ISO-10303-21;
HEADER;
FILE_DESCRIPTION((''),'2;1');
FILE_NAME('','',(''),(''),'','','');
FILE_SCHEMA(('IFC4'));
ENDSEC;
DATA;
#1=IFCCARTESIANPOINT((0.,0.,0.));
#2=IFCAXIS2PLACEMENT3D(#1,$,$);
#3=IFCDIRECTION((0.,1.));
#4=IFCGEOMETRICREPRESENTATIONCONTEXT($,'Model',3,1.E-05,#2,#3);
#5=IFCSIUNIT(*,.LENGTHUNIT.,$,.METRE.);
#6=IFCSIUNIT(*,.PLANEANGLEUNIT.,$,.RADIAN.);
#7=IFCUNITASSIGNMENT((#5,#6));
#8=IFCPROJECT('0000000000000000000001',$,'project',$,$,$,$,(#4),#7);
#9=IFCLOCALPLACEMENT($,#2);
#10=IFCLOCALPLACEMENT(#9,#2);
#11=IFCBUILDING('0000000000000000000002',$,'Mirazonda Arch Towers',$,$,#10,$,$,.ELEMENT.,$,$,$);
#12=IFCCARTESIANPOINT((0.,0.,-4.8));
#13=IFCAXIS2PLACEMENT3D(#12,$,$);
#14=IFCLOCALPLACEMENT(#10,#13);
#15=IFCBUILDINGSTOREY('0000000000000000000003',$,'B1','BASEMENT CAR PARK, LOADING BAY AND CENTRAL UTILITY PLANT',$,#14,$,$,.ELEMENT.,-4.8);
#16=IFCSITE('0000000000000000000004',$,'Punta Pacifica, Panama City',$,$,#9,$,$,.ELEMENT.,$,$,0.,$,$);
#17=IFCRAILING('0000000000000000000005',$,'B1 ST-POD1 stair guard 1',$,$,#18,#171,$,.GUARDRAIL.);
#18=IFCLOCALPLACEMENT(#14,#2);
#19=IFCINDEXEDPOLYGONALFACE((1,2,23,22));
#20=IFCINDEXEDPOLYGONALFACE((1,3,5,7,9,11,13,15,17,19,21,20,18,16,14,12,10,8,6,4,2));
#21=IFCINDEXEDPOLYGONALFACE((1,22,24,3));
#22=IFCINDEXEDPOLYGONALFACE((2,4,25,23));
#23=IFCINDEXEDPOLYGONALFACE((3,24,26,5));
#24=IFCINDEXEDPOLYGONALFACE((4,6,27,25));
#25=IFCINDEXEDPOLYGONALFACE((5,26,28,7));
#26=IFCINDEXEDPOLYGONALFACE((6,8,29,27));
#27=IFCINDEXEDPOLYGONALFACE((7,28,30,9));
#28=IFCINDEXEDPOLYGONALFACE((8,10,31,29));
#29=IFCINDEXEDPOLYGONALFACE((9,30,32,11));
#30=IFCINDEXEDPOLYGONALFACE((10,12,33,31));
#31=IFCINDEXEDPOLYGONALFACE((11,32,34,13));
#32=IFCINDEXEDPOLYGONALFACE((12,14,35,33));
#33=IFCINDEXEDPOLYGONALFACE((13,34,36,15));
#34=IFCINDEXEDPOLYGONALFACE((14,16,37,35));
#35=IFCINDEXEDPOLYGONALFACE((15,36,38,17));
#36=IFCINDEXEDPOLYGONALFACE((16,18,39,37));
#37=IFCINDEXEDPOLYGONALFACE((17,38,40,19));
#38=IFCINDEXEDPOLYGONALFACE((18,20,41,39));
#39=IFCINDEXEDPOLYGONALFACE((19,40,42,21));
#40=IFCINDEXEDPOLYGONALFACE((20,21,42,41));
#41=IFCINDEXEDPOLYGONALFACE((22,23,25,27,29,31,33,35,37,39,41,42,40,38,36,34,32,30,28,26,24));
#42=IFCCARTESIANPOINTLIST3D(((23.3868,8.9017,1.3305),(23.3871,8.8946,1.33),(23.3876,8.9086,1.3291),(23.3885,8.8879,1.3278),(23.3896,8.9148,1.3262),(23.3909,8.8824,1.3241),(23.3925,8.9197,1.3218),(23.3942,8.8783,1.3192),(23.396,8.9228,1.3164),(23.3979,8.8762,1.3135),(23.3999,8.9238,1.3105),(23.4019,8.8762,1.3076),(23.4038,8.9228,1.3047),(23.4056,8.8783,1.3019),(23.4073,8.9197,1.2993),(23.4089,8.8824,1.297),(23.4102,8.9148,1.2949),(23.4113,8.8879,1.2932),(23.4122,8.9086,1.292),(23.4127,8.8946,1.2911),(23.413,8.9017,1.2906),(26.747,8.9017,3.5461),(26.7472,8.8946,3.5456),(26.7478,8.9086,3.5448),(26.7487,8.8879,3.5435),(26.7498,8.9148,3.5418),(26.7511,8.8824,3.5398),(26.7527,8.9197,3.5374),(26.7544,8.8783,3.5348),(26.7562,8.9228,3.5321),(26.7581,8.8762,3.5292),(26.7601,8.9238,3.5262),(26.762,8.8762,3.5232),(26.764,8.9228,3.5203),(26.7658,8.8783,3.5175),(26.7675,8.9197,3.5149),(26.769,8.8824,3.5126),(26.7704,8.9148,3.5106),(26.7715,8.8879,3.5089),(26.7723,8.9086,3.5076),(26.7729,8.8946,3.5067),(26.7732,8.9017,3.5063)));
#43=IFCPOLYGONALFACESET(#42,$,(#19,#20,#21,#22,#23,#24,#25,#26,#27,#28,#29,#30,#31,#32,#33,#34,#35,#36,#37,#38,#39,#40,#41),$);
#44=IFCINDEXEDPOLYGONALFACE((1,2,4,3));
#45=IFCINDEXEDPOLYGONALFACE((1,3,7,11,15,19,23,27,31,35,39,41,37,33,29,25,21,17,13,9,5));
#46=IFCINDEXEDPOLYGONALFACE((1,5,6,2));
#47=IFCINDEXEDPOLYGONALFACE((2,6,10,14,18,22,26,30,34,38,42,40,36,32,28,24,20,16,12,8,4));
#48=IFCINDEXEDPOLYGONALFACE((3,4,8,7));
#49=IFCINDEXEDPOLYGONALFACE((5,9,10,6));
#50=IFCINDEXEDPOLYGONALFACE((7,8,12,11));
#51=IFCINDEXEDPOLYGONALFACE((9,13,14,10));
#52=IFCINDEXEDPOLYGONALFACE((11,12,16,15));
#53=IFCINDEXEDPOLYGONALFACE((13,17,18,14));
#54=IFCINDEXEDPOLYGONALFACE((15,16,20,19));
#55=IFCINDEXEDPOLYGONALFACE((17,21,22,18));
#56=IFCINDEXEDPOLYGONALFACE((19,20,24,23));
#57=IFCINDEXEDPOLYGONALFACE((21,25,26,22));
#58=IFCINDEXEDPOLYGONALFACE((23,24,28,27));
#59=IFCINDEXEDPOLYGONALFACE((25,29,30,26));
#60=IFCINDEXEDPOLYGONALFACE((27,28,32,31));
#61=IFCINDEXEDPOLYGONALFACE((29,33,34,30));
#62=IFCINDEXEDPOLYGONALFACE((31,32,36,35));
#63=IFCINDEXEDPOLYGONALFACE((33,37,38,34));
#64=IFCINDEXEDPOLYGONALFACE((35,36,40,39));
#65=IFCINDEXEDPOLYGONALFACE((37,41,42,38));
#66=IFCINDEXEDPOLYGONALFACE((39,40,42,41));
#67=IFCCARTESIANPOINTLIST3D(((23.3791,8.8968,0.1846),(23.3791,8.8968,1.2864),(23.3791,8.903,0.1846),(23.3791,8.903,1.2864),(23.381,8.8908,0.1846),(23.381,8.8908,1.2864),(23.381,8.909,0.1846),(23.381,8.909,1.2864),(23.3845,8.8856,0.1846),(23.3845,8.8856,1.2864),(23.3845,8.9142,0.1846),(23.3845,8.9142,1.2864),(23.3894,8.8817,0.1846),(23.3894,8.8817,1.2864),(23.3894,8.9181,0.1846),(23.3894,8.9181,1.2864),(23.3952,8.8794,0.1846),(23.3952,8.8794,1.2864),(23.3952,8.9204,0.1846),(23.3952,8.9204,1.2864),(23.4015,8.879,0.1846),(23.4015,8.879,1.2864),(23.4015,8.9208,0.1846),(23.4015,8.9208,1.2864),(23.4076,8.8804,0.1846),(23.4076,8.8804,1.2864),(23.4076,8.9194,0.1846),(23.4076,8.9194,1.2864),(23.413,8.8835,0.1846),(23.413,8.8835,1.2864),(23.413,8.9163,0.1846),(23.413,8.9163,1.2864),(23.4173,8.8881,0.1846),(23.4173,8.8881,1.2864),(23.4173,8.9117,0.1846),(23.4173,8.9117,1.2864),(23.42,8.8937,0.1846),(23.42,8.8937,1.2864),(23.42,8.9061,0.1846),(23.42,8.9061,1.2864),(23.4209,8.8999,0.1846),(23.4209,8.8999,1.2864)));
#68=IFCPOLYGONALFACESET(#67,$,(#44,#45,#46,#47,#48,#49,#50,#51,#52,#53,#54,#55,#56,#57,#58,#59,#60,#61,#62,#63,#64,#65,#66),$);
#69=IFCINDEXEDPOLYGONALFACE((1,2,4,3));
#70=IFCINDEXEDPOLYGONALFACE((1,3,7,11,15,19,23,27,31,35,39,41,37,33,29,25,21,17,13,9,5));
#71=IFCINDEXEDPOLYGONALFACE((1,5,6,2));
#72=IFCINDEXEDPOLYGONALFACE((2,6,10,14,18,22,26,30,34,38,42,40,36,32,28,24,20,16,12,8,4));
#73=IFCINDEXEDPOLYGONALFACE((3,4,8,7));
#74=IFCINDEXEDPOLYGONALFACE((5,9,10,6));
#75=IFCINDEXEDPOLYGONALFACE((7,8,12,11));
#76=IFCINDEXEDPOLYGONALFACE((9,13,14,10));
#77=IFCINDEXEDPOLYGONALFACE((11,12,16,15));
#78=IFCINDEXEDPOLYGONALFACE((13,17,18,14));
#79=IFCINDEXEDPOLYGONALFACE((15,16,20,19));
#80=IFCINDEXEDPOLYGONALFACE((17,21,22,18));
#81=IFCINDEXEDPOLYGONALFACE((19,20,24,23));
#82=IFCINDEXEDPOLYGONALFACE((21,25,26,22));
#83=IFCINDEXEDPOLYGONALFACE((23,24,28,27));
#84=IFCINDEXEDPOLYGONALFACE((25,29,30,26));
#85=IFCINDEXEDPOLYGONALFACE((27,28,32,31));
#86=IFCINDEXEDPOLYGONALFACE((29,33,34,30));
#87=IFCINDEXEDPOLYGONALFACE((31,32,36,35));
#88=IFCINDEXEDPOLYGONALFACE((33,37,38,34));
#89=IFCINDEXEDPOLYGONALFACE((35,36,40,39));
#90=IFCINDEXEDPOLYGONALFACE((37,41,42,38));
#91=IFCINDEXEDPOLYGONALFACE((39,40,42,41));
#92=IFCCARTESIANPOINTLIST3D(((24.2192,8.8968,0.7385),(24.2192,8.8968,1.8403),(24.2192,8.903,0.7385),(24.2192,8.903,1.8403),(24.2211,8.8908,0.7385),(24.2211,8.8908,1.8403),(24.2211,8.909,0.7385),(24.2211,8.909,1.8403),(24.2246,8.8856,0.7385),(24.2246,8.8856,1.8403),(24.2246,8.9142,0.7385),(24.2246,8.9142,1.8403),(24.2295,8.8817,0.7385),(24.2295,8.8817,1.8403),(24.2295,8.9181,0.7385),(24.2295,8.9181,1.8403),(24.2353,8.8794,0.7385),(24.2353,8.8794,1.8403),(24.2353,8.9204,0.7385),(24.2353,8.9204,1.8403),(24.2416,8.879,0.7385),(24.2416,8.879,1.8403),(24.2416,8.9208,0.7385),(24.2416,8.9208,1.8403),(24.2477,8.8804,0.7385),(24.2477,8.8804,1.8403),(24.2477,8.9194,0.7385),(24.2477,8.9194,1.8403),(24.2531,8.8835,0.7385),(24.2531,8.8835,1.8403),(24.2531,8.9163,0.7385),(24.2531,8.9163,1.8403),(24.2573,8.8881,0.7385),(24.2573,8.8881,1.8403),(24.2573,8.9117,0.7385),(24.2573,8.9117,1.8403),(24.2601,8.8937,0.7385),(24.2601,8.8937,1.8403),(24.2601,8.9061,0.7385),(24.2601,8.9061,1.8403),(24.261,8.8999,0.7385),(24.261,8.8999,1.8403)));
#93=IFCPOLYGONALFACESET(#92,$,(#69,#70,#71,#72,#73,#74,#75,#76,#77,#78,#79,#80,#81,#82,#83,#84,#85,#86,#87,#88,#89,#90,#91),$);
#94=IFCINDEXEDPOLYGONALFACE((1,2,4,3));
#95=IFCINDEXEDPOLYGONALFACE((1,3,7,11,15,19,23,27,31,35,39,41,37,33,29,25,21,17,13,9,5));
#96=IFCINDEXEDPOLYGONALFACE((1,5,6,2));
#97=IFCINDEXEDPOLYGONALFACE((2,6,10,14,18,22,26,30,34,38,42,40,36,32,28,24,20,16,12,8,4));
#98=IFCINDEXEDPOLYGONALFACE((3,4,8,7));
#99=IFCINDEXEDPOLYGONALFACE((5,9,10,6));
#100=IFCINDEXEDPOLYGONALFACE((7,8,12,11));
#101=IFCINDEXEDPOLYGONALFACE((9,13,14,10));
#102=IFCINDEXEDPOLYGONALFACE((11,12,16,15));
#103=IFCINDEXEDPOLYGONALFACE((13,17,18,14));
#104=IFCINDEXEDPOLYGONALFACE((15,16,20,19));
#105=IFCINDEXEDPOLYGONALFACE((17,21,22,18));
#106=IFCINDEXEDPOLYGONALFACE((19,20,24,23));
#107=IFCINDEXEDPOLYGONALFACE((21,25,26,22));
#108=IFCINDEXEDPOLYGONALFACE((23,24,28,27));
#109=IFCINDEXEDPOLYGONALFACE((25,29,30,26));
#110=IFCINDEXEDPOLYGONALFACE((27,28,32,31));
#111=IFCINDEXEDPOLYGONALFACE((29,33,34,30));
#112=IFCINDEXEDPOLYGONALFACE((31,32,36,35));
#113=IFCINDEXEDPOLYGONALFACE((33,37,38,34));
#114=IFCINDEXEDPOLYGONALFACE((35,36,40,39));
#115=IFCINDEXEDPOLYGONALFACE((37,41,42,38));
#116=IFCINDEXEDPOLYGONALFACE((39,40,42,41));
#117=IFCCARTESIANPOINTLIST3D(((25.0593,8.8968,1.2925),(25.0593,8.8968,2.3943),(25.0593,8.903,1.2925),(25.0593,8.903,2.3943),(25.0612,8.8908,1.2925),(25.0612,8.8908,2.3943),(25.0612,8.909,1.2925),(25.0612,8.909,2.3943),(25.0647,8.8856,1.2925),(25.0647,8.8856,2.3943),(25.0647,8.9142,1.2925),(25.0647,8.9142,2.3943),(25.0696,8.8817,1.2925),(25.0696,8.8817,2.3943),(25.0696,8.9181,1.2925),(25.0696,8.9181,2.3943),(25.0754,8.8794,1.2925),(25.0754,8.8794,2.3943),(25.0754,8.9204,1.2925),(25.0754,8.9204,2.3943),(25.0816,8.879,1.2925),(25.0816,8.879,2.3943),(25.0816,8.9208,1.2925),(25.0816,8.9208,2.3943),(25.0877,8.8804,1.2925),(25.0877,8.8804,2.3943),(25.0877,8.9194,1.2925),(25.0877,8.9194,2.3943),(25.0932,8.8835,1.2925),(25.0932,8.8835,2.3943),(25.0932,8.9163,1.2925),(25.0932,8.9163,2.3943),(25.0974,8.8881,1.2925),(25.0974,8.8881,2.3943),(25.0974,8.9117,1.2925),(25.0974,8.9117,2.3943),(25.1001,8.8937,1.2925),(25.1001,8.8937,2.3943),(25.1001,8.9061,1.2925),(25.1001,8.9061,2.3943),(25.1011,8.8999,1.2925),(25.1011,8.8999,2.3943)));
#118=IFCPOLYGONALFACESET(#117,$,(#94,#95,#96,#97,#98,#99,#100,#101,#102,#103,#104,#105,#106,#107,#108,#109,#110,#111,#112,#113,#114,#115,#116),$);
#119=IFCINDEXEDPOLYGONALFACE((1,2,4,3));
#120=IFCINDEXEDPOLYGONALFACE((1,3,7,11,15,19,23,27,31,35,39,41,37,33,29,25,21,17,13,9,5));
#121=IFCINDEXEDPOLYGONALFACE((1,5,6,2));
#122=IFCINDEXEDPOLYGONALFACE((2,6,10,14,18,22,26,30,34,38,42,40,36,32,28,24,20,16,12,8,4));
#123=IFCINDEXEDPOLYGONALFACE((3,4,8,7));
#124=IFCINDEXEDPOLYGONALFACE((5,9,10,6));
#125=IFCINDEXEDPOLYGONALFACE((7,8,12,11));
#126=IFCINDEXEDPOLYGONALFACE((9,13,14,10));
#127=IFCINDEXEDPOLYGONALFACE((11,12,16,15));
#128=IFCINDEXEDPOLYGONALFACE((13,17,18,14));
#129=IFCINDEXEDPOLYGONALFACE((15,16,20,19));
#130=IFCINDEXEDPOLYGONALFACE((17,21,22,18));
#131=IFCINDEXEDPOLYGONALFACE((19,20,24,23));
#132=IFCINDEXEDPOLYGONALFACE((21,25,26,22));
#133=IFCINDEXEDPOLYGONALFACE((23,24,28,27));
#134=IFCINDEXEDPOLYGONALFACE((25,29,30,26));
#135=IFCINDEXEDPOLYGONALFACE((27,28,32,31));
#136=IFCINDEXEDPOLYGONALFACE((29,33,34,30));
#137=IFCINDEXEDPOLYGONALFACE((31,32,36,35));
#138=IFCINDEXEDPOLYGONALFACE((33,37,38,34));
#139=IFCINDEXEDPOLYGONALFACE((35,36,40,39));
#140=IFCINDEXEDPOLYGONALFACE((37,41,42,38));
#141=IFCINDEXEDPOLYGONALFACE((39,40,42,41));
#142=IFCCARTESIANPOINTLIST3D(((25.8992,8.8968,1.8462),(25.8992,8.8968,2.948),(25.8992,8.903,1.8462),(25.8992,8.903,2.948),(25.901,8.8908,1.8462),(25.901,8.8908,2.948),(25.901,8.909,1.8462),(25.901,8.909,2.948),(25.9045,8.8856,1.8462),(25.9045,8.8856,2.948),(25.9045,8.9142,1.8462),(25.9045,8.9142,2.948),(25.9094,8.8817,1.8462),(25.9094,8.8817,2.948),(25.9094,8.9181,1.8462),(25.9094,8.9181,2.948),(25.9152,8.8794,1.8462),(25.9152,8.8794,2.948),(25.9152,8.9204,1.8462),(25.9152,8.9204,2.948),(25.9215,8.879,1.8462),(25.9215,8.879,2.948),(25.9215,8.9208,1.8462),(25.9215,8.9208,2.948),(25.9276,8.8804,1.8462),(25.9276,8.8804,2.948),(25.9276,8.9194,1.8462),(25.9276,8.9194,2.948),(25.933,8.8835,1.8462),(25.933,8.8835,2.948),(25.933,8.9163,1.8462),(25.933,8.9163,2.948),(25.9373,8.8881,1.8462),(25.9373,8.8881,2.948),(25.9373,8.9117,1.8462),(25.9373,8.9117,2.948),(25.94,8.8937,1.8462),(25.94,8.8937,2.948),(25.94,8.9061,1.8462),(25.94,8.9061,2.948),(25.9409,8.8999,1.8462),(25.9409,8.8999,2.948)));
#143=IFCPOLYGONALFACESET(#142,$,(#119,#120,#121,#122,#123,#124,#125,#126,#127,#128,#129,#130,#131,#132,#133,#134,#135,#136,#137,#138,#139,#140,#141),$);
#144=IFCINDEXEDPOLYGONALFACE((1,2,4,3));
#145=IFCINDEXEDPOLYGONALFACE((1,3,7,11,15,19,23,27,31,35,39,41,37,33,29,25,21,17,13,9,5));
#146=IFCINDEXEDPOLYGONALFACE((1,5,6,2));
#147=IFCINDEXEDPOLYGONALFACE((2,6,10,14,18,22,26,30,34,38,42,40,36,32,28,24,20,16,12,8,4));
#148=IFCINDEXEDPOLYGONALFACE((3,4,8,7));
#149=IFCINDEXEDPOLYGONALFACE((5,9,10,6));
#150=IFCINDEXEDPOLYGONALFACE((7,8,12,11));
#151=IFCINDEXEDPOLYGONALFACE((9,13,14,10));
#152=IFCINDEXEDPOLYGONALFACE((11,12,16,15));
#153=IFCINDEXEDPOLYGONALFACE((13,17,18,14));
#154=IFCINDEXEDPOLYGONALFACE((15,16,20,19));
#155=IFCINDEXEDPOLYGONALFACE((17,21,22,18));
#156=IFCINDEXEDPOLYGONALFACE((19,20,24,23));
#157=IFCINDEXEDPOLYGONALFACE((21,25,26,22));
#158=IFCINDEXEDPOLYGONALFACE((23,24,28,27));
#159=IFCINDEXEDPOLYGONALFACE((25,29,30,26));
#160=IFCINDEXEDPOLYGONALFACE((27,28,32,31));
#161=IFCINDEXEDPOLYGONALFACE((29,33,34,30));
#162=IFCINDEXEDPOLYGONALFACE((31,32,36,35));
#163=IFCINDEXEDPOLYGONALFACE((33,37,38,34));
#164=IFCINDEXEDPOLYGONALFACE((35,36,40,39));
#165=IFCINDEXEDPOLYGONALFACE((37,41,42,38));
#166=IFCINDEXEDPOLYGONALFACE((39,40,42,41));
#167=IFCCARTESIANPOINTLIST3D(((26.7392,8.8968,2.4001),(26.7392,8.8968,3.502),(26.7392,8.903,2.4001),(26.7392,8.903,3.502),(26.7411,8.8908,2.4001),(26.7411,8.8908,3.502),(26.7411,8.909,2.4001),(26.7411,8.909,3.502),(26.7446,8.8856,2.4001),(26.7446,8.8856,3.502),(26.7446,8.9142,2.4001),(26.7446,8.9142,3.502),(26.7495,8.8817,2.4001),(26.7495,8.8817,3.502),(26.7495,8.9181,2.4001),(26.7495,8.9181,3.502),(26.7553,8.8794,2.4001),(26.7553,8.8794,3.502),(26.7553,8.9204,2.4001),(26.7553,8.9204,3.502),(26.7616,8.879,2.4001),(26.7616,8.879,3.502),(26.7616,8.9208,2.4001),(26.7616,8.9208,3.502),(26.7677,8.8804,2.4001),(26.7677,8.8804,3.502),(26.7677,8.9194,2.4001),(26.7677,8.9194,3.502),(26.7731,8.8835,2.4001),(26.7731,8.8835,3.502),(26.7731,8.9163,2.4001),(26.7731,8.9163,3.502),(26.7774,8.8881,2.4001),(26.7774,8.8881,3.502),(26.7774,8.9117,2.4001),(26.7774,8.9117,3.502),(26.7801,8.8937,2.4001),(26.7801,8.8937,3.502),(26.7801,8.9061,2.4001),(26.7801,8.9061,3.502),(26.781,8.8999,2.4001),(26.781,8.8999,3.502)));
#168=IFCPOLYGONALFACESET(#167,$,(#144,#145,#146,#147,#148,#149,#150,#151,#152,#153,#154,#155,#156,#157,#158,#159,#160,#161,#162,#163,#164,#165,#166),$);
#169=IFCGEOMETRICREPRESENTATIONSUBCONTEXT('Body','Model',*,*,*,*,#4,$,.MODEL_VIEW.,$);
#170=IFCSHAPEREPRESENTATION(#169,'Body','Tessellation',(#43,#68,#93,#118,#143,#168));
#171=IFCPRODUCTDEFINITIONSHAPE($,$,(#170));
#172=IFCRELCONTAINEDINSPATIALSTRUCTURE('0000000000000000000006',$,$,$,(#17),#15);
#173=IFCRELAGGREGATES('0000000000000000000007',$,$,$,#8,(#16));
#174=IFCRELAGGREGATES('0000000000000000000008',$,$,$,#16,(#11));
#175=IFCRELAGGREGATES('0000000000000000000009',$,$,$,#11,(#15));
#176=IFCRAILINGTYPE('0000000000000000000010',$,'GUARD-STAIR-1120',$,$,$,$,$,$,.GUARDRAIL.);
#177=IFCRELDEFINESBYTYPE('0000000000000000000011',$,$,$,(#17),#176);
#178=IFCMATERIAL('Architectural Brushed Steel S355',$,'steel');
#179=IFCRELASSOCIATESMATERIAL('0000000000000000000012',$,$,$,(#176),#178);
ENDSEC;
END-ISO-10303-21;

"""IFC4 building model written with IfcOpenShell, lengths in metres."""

from ifc_helpers import new_model, si_unit, direction, frame, origin, origin_2d, place, context, subcontext, project, spatial, circle, extrude, material, type_object, element, save


model = new_model("IFC4")

# Units and contexts
model_context = context("Model", 3, precision=1e-05, world=origin(), true_north=direction((0.0, 1.0)))
body_context = subcontext(model_context, "Body", "Model", "MODEL_VIEW")
ifc_project = project(units=[si_unit("LENGTHUNIT", "METRE"), si_unit("PLANEANGLEUNIT", "RADIAN")], contexts=[model_context])

# Site, building, storey
site_placement = place(None, origin())
site = spatial("IfcSite", under=ifc_project, at=site_placement, Name="Punta Pacifica, Panama City", CompositionType="ELEMENT", RefElevation=0.0)
building_placement = place(site_placement, origin())
building = spatial("IfcBuilding", under=site, at=building_placement, Name="Mirazonda Arch Towers", CompositionType="ELEMENT")
storey_placement = place(building_placement, frame((0.0, 0.0, -4.8)))
storey = spatial("IfcBuildingStorey", under=building, at=storey_placement, Name="B1", Description="BASEMENT CAR PARK, LOADING BAY AND CENTRAL UTILITY PLANT", CompositionType="ELEMENT", Elevation=-4.8)

# Railing
ifc_material_1 = material(Name="Architectural Brushed Steel S355", Category="steel")
railing_type_1 = type_object("IfcRailingType", Name="GUARD-STAIR-1120", PredefinedType="GUARDRAIL", material=ifc_material_1)
railing_1_placement = place(storey_placement, frame((23.3999, 8.8999, 0.1846)))
element("IfcRailing", 1, at=railing_1_placement, inside=storey, type_object=railing_type_1, Name="B1 ST-POD1 stair guard 1", PredefinedType="GUARDRAIL", context=body_context, shape_type="SweptSolid", body=[
    extrude(circle(Radius=0.0239, at=origin_2d()), frame((0.0, 0.0, 1.126), z_axis=(0.834849, 0.0, 0.55048), x_axis=(0.0, 1.0, 0.0)), (0.0, 0.0, 1.0), 4.0249),
    extrude(circle(Radius=0.021, at=origin_2d()), origin(), (0.0, 0.0, 1.0), 1.1018),
    extrude(circle(Radius=0.021, at=origin_2d()), frame((0.8401, 0.0, 0.554)), (0.0, 0.0, 1.0), 1.1018),
    extrude(circle(Radius=0.021, at=origin_2d()), frame((1.6802, 0.0, 1.1079)), (0.0, 0.0, 1.0), 1.1018),
    extrude(circle(Radius=0.021, at=origin_2d()), frame((2.52, 0.0, 1.6616)), (0.0, 0.0, 1.0), 1.1018),
    extrude(circle(Radius=0.021, at=origin_2d()), frame((3.3601, 0.0, 2.2156)), (0.0, 0.0, 1.0), 1.1018),
])

save(model, "model.ifc")
